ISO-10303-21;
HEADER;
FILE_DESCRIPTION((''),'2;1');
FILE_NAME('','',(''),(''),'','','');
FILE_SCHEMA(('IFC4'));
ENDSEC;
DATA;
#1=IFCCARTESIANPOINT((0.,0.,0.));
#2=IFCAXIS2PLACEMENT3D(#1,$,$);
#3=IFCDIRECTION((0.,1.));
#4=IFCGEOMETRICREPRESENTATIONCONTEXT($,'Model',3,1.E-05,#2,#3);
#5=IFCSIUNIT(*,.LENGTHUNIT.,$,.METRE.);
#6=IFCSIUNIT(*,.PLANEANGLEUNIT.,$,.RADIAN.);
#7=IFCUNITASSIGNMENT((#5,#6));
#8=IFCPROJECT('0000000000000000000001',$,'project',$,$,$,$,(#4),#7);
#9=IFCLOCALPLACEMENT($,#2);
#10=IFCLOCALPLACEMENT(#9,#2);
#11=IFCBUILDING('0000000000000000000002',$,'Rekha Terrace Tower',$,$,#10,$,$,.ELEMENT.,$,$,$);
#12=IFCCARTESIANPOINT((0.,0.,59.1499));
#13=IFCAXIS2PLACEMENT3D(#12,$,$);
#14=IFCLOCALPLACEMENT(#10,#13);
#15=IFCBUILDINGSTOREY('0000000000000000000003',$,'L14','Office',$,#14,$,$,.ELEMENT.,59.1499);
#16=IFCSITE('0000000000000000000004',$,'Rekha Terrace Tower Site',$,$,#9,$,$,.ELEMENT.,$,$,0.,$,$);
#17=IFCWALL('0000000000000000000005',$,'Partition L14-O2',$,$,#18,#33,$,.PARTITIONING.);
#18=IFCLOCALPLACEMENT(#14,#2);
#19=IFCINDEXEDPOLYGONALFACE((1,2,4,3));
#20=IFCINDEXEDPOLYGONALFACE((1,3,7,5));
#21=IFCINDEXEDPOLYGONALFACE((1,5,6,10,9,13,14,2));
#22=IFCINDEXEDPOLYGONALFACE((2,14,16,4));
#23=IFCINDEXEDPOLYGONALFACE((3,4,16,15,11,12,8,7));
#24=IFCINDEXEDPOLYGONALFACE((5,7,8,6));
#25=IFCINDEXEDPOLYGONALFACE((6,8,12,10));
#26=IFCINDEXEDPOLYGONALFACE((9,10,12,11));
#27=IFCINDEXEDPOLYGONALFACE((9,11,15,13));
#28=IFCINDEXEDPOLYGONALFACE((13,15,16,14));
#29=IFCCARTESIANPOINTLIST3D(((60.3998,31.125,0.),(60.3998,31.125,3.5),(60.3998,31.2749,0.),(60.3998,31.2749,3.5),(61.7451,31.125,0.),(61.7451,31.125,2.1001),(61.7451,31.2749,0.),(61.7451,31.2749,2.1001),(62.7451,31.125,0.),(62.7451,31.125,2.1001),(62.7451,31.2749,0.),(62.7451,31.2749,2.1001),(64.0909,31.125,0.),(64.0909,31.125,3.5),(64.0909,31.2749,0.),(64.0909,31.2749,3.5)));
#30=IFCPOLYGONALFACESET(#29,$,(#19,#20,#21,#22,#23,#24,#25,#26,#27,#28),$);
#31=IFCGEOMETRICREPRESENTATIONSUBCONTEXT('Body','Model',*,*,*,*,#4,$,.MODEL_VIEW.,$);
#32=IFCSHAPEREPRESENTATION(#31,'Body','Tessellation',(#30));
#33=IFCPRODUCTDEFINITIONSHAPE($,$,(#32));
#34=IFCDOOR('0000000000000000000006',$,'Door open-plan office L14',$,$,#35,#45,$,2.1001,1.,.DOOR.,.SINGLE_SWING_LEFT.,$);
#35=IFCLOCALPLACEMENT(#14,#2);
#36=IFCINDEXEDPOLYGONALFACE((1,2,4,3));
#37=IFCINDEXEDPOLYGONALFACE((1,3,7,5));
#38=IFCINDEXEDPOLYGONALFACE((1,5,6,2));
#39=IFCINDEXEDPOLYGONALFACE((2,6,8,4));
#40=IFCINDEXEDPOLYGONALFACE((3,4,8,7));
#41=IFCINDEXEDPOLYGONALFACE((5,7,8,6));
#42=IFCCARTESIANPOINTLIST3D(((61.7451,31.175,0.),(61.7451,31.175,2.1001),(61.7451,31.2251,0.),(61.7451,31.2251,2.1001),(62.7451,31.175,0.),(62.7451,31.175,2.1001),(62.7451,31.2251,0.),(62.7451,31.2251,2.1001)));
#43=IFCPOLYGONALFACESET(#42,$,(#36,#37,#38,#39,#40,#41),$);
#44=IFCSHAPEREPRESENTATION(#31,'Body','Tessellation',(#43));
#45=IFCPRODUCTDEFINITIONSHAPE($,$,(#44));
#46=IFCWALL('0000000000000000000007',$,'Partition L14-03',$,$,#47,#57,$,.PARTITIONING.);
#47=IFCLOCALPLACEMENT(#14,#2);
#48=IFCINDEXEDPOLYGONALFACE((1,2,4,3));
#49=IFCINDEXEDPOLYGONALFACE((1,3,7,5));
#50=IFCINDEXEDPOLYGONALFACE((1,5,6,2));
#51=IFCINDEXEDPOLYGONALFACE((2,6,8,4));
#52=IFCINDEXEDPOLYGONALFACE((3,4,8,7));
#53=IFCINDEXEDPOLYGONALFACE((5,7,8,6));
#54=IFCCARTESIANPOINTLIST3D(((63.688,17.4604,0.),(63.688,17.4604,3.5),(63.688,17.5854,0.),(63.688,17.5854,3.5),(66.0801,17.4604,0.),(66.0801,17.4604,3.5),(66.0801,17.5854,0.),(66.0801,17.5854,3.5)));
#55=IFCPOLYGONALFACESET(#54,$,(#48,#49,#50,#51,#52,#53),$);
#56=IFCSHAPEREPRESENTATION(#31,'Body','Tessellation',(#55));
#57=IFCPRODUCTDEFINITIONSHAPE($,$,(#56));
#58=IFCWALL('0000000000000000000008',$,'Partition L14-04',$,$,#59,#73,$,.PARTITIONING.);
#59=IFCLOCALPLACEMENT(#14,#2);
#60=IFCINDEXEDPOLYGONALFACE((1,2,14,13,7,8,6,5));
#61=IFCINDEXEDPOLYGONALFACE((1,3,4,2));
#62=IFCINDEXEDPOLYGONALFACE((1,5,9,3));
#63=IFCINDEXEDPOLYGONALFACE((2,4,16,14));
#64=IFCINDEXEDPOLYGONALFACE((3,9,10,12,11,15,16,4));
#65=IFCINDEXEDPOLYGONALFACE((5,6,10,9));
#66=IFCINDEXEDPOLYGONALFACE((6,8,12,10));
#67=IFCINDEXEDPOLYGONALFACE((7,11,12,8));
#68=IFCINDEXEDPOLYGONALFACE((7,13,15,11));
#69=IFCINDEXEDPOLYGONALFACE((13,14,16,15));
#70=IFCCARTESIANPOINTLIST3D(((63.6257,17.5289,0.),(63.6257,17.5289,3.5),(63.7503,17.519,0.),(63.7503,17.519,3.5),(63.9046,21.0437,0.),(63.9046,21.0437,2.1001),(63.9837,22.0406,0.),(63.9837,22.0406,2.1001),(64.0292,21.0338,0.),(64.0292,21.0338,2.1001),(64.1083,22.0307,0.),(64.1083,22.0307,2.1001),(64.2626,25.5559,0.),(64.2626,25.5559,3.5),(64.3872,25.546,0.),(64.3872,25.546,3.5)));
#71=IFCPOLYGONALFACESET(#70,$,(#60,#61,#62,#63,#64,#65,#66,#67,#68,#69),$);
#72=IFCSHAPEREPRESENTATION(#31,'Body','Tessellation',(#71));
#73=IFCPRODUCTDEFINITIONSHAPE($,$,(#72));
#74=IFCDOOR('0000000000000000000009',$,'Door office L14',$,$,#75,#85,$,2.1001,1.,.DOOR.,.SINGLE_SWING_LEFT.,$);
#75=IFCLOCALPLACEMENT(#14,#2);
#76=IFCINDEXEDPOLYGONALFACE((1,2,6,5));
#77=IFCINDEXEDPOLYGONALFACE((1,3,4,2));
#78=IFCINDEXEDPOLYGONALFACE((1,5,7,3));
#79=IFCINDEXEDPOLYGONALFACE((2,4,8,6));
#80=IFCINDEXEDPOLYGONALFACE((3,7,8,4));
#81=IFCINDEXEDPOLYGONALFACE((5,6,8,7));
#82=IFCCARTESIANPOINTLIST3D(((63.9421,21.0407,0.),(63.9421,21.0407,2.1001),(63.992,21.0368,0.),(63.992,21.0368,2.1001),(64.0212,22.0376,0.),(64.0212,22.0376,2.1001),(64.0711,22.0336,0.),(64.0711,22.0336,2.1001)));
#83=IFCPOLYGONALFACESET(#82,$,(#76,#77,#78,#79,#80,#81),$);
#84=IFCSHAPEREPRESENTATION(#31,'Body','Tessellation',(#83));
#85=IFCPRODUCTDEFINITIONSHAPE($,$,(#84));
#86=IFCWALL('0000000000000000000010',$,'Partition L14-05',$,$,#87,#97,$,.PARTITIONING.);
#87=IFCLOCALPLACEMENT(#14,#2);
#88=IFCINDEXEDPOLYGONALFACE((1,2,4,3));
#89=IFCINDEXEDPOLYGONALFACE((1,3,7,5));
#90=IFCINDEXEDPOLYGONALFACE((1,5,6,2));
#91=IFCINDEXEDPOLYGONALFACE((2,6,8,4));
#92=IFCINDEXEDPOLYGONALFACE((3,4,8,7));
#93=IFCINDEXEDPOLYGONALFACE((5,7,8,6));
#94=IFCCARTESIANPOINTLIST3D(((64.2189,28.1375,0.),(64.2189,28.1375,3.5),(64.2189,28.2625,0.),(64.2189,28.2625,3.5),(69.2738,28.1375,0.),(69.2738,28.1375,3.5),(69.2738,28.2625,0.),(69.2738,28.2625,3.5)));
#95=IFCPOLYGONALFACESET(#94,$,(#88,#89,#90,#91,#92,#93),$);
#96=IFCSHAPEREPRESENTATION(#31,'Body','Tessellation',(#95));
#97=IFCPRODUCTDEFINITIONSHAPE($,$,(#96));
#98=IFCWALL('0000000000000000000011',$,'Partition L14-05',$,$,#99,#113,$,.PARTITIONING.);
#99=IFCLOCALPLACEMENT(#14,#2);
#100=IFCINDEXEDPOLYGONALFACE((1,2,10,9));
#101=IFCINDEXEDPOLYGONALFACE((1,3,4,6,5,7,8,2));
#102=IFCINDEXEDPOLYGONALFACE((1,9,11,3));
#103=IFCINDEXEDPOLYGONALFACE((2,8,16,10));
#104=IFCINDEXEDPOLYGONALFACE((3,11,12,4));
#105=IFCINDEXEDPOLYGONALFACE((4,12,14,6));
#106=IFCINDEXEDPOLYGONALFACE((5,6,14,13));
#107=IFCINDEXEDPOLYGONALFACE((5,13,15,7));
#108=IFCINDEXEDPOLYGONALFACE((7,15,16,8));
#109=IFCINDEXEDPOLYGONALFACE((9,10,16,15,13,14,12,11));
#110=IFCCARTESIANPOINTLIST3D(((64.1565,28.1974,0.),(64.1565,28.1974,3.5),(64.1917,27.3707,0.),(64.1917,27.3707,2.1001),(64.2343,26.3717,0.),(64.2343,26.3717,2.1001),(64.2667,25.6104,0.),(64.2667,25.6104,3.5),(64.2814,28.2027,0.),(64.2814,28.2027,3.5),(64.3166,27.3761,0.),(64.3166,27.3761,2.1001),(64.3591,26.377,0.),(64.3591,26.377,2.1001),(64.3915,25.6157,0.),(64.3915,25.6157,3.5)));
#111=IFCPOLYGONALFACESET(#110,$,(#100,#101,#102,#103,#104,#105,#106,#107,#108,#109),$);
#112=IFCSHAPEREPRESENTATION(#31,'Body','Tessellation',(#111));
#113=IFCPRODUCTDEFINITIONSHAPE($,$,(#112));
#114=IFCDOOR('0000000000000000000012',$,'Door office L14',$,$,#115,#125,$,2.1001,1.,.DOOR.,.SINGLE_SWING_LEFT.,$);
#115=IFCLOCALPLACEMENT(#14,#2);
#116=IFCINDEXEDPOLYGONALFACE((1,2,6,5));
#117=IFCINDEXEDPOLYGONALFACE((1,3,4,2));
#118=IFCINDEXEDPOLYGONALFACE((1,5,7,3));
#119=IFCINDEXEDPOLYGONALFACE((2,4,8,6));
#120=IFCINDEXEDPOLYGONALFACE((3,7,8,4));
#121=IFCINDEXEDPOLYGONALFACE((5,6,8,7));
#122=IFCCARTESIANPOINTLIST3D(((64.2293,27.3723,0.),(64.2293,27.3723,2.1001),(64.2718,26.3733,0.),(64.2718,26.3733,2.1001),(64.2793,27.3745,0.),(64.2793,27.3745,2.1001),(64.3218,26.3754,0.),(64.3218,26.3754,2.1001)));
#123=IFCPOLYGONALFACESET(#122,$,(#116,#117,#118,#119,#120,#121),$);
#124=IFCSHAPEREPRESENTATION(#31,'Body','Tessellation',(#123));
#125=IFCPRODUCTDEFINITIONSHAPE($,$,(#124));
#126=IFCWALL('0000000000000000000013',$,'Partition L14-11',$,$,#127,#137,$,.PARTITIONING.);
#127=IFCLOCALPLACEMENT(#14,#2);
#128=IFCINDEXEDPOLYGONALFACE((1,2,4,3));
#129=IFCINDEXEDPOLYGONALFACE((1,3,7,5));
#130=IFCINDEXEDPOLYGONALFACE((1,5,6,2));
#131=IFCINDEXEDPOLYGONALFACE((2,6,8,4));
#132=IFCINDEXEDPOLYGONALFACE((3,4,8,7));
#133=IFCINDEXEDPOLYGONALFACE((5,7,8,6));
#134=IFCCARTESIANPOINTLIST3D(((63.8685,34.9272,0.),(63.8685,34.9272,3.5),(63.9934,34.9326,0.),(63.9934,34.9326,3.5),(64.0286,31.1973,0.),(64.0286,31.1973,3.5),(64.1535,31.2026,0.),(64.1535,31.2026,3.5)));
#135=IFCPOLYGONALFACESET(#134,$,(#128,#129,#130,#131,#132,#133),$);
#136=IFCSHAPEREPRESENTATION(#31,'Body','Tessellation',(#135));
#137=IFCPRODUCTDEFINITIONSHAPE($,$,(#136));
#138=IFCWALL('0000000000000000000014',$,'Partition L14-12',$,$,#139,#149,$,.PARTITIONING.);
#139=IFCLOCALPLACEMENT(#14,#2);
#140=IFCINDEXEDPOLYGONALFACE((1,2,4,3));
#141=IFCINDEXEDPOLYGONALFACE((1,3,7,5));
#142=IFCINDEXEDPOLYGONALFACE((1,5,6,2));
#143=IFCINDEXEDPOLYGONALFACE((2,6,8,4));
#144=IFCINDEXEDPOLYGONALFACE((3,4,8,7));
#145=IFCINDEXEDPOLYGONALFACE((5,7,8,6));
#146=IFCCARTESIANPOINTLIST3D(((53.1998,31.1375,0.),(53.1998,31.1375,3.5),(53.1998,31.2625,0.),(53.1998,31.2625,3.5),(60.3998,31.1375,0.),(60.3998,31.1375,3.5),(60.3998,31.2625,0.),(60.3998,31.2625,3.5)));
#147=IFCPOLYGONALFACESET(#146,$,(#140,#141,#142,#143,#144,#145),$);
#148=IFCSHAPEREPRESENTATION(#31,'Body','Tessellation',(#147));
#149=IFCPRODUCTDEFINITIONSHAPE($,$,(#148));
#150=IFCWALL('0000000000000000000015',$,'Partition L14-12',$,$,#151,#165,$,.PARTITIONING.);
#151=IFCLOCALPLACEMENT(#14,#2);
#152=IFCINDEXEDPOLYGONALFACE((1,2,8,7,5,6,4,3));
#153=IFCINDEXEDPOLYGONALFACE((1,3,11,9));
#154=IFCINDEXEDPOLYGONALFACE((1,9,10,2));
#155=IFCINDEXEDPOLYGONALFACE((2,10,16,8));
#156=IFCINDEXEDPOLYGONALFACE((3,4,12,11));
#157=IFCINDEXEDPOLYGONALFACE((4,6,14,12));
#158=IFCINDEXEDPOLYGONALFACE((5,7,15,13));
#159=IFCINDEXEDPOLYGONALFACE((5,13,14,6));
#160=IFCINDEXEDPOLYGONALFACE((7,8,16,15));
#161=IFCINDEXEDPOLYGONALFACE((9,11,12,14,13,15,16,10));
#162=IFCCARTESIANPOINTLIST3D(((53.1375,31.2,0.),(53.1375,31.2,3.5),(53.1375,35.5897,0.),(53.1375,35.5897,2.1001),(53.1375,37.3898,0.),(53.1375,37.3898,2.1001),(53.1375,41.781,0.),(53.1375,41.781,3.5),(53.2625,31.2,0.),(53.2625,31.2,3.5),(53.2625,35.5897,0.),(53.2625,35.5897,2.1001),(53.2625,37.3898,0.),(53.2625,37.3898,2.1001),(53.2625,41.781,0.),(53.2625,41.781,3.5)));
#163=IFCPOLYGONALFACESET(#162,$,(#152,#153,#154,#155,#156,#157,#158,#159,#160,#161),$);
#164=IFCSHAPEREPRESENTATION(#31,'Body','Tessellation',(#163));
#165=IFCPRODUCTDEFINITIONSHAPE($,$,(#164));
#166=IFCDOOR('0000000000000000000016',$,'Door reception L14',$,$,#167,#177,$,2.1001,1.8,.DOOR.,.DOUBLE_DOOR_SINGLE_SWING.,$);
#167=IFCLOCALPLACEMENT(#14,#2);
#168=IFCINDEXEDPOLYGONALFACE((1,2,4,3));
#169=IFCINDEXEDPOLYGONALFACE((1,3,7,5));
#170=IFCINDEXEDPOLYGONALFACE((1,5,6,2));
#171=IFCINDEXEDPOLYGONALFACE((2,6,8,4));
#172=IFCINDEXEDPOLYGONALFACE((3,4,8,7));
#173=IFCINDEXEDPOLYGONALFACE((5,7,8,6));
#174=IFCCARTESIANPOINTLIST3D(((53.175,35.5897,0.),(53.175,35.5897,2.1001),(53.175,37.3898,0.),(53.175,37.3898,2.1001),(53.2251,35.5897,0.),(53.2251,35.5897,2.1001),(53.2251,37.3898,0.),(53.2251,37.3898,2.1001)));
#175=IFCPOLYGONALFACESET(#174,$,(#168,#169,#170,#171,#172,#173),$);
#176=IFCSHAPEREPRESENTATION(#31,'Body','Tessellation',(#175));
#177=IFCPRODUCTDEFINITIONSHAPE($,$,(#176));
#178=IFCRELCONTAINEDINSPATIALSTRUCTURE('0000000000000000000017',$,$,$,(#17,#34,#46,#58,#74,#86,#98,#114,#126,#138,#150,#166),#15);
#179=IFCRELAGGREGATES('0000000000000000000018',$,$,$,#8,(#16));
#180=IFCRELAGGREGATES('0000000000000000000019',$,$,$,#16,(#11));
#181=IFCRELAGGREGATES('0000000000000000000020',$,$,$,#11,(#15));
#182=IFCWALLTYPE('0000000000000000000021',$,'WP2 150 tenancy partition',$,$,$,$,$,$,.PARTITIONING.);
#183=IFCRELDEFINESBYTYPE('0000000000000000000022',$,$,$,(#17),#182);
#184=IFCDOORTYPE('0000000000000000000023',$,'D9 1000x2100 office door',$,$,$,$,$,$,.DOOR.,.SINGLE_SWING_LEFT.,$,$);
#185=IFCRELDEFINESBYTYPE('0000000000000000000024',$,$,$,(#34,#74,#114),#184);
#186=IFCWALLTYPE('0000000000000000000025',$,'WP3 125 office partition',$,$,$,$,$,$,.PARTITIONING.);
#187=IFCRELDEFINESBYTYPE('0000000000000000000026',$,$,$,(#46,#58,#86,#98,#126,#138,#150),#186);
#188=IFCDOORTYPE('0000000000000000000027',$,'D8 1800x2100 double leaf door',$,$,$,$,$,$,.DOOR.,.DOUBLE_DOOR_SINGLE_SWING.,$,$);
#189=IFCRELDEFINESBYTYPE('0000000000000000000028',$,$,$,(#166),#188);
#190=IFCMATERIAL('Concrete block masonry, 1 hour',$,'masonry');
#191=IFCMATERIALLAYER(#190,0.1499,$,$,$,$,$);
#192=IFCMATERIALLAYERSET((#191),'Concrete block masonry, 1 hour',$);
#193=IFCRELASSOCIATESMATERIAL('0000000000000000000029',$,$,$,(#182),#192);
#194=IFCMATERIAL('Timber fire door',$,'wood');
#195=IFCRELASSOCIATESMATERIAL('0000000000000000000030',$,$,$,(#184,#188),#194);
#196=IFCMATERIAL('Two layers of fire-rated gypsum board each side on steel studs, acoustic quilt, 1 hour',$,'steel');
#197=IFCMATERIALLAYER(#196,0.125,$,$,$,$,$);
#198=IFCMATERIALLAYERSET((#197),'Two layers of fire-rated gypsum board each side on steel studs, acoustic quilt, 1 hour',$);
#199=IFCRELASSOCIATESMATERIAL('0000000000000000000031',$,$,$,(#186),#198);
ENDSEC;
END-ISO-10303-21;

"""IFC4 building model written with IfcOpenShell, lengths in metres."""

from ifc_helpers import new_model, si_unit, direction, frame, frame_2d, origin, place, context, subcontext, project, spatial, rectangle, extrude, material, layer, layer_set, type_object, element, fill, save


model = new_model("IFC4")

# Units and contexts
model_context = context("Model", 3, precision=1e-05, world=origin(), true_north=direction((0.0, 1.0)))
body_context = subcontext(model_context, "Body", "Model", "MODEL_VIEW")
ifc_project = project(units=[si_unit("LENGTHUNIT", "METRE"), si_unit("PLANEANGLEUNIT", "RADIAN")], contexts=[model_context])

# Site, building, storey
site_placement = place(None, origin())
site = spatial("IfcSite", under=ifc_project, at=site_placement, Name="Rekha Terrace Tower Site", CompositionType="ELEMENT", RefElevation=0.0)
building_placement = place(site_placement, origin())
building = spatial("IfcBuilding", under=site, at=building_placement, Name="Rekha Terrace Tower", CompositionType="ELEMENT")
storey_placement = place(building_placement, frame((0.0, 0.0, 59.1499)))
storey = spatial("IfcBuildingStorey", under=building, at=storey_placement, Name="L14", Description="Office", CompositionType="ELEMENT", Elevation=59.1499)

# Shared definitions
ifc_material_1 = material(Name="Concrete block masonry, 1 hour", Category="masonry")
ifc_layer_1 = layer(ifc_material_1, 0.1499)
ifc_layer_set_1 = layer_set([ifc_layer_1], Name="Concrete block masonry, 1 hour")
wall_type_1 = type_object("IfcWallType", Name="WP2 150 tenancy partition", PredefinedType="PARTITIONING", material=ifc_layer_set_1)

# Wall, opening, door
wall_1_placement = place(storey_placement, frame((64.0911, 31.2, 0.0), z_axis=(0.0, 0.0, 1.0), x_axis=(-1.0, 0.0, 0.0)))
wall_1 = element("IfcWall", 1, at=wall_1_placement, inside=storey, type_object=wall_type_1, Name="Partition L14-O2", PredefinedType="PARTITIONING", context=body_context, shape_type="SweptSolid", body=[
    extrude(rectangle(XDim=3.6912, YDim=0.1499, at=frame_2d((1.8457, 0.0))), origin(), (0.0, 0.0, 1.0), 3.5),
])
opening_1_placement = place(wall_1_placement, frame((1.3459, 0.0, 0.0)))
opening_1 = element("IfcOpeningElement", 2, at=opening_1_placement, cuts=wall_1, PredefinedType="OPENING", context=body_context, shape_type="SweptSolid", body=[
    extrude(rectangle(XDim=1.0, YDim=2.1001, at=frame_2d((0.5, 1.05))), frame((0.0, 0.085, 0.0), z_axis=(0.0, -1.0, 0.0), x_axis=(1.0, 0.0, 0.0)), (0.0, 0.0, 1.0), 0.1699),
])
ifc_material_2 = material(Name="Timber fire door", Category="wood")
door_type_1 = type_object("IfcDoorType", Name="D9 1000x2100 office door", OperationType="SINGLE_SWING_LEFT", PredefinedType="DOOR", material=ifc_material_2)
door_1_placement = place(opening_1_placement, origin())
door_1 = element("IfcDoor", 3, at=door_1_placement, inside=storey, type_object=door_type_1, Name="Door open-plan office L14", OperationType="SINGLE_SWING_LEFT", OverallHeight=2.1001, OverallWidth=1.0, PredefinedType="DOOR", context=body_context, shape_type="SweptSolid", body=[
    extrude(rectangle(XDim=1.0, YDim=2.1001, at=frame_2d((0.5, 1.05))), frame((0.0, 0.0249, 0.0), z_axis=(0.0, -1.0, 0.0), x_axis=(1.0, 0.0, 0.0)), (0.0, 0.0, 1.0), 0.05),
])
fill(opening_1, door_1)

# Wall
ifc_material_3 = material(Name="Two layers of fire-rated gypsum board each side on steel studs, acoustic quilt, 1 hour", Category="steel")
ifc_layer_2 = layer(ifc_material_3, 0.125)
ifc_layer_set_2 = layer_set([ifc_layer_2], Name="Two layers of fire-rated gypsum board each side on steel studs, acoustic quilt, 1 hour")
wall_type_2 = type_object("IfcWallType", Name="WP3 125 office partition", PredefinedType="PARTITIONING", material=ifc_layer_set_2)
wall_2_placement = place(storey_placement, frame((63.688, 17.5229, 0.0), z_axis=(0.0, 0.0, 1.0), x_axis=(1.0, 0.0, 0.0)))
element("IfcWall", 4, at=wall_2_placement, inside=storey, type_object=wall_type_2, Name="Partition L14-03", PredefinedType="PARTITIONING", context=body_context, shape_type="SweptSolid", body=[
    extrude(rectangle(XDim=2.3921, YDim=0.125, at=frame_2d((1.196, 0.0))), origin(), (0.0, 0.0, 1.0), 3.5),
])

# Wall, opening, door
wall_3_placement = place(storey_placement, frame((63.688, 17.5239, 0.0), z_axis=(0.0, 0.0, 1.0), x_axis=(0.079103, 0.996866, 0.0)))
wall_3 = element("IfcWall", 5, at=wall_3_placement, inside=storey, type_object=wall_type_2, Name="Partition L14-04", PredefinedType="PARTITIONING", context=body_context, shape_type="SweptSolid", body=[
    extrude(rectangle(XDim=8.0522, YDim=0.125, at=frame_2d((4.0261, 0.0))), origin(), (0.0, 0.0, 1.0), 3.5),
])
opening_2_placement = place(wall_3_placement, frame((3.5259, 0.0, 0.0)))
opening_2 = element("IfcOpeningElement", 6, at=opening_2_placement, cuts=wall_3, PredefinedType="OPENING", context=body_context, shape_type="SweptSolid", body=[
    extrude(rectangle(XDim=1.0, YDim=2.1001, at=frame_2d((0.5, 1.05))), frame((0.0, 0.0725, 0.0), z_axis=(0.0, -1.0, 0.0), x_axis=(1.0, 0.0, 0.0)), (0.0, 0.0, 1.0), 0.145),
])
door_2_placement = place(opening_2_placement, origin())
door_2 = element("IfcDoor", 7, at=door_2_placement, inside=storey, type_object=door_type_1, Name="Door office L14", OperationType="SINGLE_SWING_LEFT", OverallHeight=2.1001, OverallWidth=1.0, PredefinedType="DOOR", context=body_context, shape_type="SweptSolid", body=[
    extrude(rectangle(XDim=1.0, YDim=2.1001, at=frame_2d((0.5, 1.05))), frame((0.0, 0.0249, 0.0), z_axis=(0.0, -1.0, 0.0), x_axis=(1.0, 0.0, 0.0)), (0.0, 0.0, 1.0), 0.05),
])
fill(opening_2, door_2)

# Wall
wall_4_placement = place(storey_placement, frame((64.219, 28.2, 0.0), z_axis=(0.0, 0.0, 1.0), x_axis=(1.0, 0.0, 0.0)))
element("IfcWall", 8, at=wall_4_placement, inside=storey, type_object=wall_type_2, Name="Partition L14-05", PredefinedType="PARTITIONING", context=body_context, shape_type="SweptSolid", body=[
    extrude(rectangle(XDim=5.0549, YDim=0.125, at=frame_2d((2.5273, 0.0))), origin(), (0.0, 0.0, 1.0), 3.5),
])

# Wall, opening, door
wall_5_placement = place(storey_placement, frame((64.3291, 25.613, 0.0), z_axis=(0.0, 0.0, 1.0), x_axis=(-0.042525, 0.999095, 0.0)))
wall_5 = element("IfcWall", 9, at=wall_5_placement, inside=storey, type_object=wall_type_2, Name="Partition L14-05", PredefinedType="PARTITIONING", context=body_context, shape_type="SweptSolid", body=[
    extrude(rectangle(XDim=2.5894, YDim=0.125, at=frame_2d((1.2947, 0.0))), origin(), (0.0, 0.0, 1.0), 3.5),
])
opening_3_placement = place(wall_5_placement, frame((0.762, 0.0, 0.0)))
opening_3 = element("IfcOpeningElement", 10, at=opening_3_placement, cuts=wall_5, PredefinedType="OPENING", context=body_context, shape_type="SweptSolid", body=[
    extrude(rectangle(XDim=1.0, YDim=2.1001, at=frame_2d((0.5, 1.05))), frame((0.0, 0.0725, 0.0), z_axis=(0.0, -1.0, 0.0), x_axis=(1.0, 0.0, 0.0)), (0.0, 0.0, 1.0), 0.145),
])
door_3_placement = place(opening_3_placement, origin())
door_3 = element("IfcDoor", 11, at=door_3_placement, inside=storey, type_object=door_type_1, Name="Door office L14", OperationType="SINGLE_SWING_LEFT", OverallHeight=2.1001, OverallWidth=1.0, PredefinedType="DOOR", context=body_context, shape_type="SweptSolid", body=[
    extrude(rectangle(XDim=1.0, YDim=2.1001, at=frame_2d((0.5, 1.05))), frame((0.0, 0.0249, 0.0), z_axis=(0.0, -1.0, 0.0), x_axis=(1.0, 0.0, 0.0)), (0.0, 0.0, 1.0), 0.05),
])
fill(opening_3, door_3)

# Walls
wall_6_placement = place(storey_placement, frame((64.0911, 31.2, 0.0), z_axis=(0.0, 0.0, 1.0), x_axis=(-0.042898, 0.999079, 0.0)))
element("IfcWall", 12, at=wall_6_placement, inside=storey, type_object=wall_type_2, Name="Partition L14-11", PredefinedType="PARTITIONING", context=body_context, shape_type="SweptSolid", body=[
    extrude(rectangle(XDim=3.7334, YDim=0.125, at=frame_2d((1.8667, 0.0))), origin(), (0.0, 0.0, 1.0), 3.5),
])
wall_7_placement = place(storey_placement, frame((60.3999, 31.2, 0.0), z_axis=(0.0, 0.0, 1.0), x_axis=(-1.0, 0.0, 0.0)))
element("IfcWall", 13, at=wall_7_placement, inside=storey, type_object=wall_type_2, Name="Partition L14-12", PredefinedType="PARTITIONING", context=body_context, shape_type="SweptSolid", body=[
    extrude(rectangle(XDim=7.2, YDim=0.125, at=frame_2d((3.6001, 0.0))), origin(), (0.0, 0.0, 1.0), 3.5),
])

# Wall, opening, door
wall_8_placement = place(storey_placement, frame((53.2, 31.2, 0.0), z_axis=(0.0, 0.0, 1.0), x_axis=(0.0, 1.0, 0.0)))
wall_8 = element("IfcWall", 14, at=wall_8_placement, inside=storey, type_object=wall_type_2, Name="Partition L14-12", PredefinedType="PARTITIONING", context=body_context, shape_type="SweptSolid", body=[
    extrude(rectangle(XDim=10.5811, YDim=0.125, at=frame_2d((5.2905, 0.0))), origin(), (0.0, 0.0, 1.0), 3.5),
])
opening_4_placement = place(wall_8_placement, frame((4.3899, 0.0, 0.0)))
opening_4 = element("IfcOpeningElement", 15, at=opening_4_placement, cuts=wall_8, PredefinedType="OPENING", context=body_context, shape_type="SweptSolid", body=[
    extrude(rectangle(XDim=1.8, YDim=2.1001, at=frame_2d((0.8999, 1.05))), frame((0.0, 0.0725, 0.0), z_axis=(0.0, -1.0, 0.0), x_axis=(1.0, 0.0, 0.0)), (0.0, 0.0, 1.0), 0.145),
])
door_type_2 = type_object("IfcDoorType", Name="D8 1800x2100 double leaf door", OperationType="DOUBLE_DOOR_SINGLE_SWING", PredefinedType="DOOR", material=ifc_material_2)
door_4_placement = place(opening_4_placement, origin())
door_4 = element("IfcDoor", 16, at=door_4_placement, inside=storey, type_object=door_type_2, Name="Door reception L14", OperationType="DOUBLE_DOOR_SINGLE_SWING", OverallHeight=2.1001, OverallWidth=1.8, PredefinedType="DOOR", context=body_context, shape_type="SweptSolid", body=[
    extrude(rectangle(XDim=1.8, YDim=2.1001, at=frame_2d((0.8999, 1.05))), frame((0.0, 0.0249, 0.0), z_axis=(0.0, -1.0, 0.0), x_axis=(1.0, 0.0, 0.0)), (0.0, 0.0, 1.0), 0.05),
])
fill(opening_4, door_4)

save(model, "model.ifc")
